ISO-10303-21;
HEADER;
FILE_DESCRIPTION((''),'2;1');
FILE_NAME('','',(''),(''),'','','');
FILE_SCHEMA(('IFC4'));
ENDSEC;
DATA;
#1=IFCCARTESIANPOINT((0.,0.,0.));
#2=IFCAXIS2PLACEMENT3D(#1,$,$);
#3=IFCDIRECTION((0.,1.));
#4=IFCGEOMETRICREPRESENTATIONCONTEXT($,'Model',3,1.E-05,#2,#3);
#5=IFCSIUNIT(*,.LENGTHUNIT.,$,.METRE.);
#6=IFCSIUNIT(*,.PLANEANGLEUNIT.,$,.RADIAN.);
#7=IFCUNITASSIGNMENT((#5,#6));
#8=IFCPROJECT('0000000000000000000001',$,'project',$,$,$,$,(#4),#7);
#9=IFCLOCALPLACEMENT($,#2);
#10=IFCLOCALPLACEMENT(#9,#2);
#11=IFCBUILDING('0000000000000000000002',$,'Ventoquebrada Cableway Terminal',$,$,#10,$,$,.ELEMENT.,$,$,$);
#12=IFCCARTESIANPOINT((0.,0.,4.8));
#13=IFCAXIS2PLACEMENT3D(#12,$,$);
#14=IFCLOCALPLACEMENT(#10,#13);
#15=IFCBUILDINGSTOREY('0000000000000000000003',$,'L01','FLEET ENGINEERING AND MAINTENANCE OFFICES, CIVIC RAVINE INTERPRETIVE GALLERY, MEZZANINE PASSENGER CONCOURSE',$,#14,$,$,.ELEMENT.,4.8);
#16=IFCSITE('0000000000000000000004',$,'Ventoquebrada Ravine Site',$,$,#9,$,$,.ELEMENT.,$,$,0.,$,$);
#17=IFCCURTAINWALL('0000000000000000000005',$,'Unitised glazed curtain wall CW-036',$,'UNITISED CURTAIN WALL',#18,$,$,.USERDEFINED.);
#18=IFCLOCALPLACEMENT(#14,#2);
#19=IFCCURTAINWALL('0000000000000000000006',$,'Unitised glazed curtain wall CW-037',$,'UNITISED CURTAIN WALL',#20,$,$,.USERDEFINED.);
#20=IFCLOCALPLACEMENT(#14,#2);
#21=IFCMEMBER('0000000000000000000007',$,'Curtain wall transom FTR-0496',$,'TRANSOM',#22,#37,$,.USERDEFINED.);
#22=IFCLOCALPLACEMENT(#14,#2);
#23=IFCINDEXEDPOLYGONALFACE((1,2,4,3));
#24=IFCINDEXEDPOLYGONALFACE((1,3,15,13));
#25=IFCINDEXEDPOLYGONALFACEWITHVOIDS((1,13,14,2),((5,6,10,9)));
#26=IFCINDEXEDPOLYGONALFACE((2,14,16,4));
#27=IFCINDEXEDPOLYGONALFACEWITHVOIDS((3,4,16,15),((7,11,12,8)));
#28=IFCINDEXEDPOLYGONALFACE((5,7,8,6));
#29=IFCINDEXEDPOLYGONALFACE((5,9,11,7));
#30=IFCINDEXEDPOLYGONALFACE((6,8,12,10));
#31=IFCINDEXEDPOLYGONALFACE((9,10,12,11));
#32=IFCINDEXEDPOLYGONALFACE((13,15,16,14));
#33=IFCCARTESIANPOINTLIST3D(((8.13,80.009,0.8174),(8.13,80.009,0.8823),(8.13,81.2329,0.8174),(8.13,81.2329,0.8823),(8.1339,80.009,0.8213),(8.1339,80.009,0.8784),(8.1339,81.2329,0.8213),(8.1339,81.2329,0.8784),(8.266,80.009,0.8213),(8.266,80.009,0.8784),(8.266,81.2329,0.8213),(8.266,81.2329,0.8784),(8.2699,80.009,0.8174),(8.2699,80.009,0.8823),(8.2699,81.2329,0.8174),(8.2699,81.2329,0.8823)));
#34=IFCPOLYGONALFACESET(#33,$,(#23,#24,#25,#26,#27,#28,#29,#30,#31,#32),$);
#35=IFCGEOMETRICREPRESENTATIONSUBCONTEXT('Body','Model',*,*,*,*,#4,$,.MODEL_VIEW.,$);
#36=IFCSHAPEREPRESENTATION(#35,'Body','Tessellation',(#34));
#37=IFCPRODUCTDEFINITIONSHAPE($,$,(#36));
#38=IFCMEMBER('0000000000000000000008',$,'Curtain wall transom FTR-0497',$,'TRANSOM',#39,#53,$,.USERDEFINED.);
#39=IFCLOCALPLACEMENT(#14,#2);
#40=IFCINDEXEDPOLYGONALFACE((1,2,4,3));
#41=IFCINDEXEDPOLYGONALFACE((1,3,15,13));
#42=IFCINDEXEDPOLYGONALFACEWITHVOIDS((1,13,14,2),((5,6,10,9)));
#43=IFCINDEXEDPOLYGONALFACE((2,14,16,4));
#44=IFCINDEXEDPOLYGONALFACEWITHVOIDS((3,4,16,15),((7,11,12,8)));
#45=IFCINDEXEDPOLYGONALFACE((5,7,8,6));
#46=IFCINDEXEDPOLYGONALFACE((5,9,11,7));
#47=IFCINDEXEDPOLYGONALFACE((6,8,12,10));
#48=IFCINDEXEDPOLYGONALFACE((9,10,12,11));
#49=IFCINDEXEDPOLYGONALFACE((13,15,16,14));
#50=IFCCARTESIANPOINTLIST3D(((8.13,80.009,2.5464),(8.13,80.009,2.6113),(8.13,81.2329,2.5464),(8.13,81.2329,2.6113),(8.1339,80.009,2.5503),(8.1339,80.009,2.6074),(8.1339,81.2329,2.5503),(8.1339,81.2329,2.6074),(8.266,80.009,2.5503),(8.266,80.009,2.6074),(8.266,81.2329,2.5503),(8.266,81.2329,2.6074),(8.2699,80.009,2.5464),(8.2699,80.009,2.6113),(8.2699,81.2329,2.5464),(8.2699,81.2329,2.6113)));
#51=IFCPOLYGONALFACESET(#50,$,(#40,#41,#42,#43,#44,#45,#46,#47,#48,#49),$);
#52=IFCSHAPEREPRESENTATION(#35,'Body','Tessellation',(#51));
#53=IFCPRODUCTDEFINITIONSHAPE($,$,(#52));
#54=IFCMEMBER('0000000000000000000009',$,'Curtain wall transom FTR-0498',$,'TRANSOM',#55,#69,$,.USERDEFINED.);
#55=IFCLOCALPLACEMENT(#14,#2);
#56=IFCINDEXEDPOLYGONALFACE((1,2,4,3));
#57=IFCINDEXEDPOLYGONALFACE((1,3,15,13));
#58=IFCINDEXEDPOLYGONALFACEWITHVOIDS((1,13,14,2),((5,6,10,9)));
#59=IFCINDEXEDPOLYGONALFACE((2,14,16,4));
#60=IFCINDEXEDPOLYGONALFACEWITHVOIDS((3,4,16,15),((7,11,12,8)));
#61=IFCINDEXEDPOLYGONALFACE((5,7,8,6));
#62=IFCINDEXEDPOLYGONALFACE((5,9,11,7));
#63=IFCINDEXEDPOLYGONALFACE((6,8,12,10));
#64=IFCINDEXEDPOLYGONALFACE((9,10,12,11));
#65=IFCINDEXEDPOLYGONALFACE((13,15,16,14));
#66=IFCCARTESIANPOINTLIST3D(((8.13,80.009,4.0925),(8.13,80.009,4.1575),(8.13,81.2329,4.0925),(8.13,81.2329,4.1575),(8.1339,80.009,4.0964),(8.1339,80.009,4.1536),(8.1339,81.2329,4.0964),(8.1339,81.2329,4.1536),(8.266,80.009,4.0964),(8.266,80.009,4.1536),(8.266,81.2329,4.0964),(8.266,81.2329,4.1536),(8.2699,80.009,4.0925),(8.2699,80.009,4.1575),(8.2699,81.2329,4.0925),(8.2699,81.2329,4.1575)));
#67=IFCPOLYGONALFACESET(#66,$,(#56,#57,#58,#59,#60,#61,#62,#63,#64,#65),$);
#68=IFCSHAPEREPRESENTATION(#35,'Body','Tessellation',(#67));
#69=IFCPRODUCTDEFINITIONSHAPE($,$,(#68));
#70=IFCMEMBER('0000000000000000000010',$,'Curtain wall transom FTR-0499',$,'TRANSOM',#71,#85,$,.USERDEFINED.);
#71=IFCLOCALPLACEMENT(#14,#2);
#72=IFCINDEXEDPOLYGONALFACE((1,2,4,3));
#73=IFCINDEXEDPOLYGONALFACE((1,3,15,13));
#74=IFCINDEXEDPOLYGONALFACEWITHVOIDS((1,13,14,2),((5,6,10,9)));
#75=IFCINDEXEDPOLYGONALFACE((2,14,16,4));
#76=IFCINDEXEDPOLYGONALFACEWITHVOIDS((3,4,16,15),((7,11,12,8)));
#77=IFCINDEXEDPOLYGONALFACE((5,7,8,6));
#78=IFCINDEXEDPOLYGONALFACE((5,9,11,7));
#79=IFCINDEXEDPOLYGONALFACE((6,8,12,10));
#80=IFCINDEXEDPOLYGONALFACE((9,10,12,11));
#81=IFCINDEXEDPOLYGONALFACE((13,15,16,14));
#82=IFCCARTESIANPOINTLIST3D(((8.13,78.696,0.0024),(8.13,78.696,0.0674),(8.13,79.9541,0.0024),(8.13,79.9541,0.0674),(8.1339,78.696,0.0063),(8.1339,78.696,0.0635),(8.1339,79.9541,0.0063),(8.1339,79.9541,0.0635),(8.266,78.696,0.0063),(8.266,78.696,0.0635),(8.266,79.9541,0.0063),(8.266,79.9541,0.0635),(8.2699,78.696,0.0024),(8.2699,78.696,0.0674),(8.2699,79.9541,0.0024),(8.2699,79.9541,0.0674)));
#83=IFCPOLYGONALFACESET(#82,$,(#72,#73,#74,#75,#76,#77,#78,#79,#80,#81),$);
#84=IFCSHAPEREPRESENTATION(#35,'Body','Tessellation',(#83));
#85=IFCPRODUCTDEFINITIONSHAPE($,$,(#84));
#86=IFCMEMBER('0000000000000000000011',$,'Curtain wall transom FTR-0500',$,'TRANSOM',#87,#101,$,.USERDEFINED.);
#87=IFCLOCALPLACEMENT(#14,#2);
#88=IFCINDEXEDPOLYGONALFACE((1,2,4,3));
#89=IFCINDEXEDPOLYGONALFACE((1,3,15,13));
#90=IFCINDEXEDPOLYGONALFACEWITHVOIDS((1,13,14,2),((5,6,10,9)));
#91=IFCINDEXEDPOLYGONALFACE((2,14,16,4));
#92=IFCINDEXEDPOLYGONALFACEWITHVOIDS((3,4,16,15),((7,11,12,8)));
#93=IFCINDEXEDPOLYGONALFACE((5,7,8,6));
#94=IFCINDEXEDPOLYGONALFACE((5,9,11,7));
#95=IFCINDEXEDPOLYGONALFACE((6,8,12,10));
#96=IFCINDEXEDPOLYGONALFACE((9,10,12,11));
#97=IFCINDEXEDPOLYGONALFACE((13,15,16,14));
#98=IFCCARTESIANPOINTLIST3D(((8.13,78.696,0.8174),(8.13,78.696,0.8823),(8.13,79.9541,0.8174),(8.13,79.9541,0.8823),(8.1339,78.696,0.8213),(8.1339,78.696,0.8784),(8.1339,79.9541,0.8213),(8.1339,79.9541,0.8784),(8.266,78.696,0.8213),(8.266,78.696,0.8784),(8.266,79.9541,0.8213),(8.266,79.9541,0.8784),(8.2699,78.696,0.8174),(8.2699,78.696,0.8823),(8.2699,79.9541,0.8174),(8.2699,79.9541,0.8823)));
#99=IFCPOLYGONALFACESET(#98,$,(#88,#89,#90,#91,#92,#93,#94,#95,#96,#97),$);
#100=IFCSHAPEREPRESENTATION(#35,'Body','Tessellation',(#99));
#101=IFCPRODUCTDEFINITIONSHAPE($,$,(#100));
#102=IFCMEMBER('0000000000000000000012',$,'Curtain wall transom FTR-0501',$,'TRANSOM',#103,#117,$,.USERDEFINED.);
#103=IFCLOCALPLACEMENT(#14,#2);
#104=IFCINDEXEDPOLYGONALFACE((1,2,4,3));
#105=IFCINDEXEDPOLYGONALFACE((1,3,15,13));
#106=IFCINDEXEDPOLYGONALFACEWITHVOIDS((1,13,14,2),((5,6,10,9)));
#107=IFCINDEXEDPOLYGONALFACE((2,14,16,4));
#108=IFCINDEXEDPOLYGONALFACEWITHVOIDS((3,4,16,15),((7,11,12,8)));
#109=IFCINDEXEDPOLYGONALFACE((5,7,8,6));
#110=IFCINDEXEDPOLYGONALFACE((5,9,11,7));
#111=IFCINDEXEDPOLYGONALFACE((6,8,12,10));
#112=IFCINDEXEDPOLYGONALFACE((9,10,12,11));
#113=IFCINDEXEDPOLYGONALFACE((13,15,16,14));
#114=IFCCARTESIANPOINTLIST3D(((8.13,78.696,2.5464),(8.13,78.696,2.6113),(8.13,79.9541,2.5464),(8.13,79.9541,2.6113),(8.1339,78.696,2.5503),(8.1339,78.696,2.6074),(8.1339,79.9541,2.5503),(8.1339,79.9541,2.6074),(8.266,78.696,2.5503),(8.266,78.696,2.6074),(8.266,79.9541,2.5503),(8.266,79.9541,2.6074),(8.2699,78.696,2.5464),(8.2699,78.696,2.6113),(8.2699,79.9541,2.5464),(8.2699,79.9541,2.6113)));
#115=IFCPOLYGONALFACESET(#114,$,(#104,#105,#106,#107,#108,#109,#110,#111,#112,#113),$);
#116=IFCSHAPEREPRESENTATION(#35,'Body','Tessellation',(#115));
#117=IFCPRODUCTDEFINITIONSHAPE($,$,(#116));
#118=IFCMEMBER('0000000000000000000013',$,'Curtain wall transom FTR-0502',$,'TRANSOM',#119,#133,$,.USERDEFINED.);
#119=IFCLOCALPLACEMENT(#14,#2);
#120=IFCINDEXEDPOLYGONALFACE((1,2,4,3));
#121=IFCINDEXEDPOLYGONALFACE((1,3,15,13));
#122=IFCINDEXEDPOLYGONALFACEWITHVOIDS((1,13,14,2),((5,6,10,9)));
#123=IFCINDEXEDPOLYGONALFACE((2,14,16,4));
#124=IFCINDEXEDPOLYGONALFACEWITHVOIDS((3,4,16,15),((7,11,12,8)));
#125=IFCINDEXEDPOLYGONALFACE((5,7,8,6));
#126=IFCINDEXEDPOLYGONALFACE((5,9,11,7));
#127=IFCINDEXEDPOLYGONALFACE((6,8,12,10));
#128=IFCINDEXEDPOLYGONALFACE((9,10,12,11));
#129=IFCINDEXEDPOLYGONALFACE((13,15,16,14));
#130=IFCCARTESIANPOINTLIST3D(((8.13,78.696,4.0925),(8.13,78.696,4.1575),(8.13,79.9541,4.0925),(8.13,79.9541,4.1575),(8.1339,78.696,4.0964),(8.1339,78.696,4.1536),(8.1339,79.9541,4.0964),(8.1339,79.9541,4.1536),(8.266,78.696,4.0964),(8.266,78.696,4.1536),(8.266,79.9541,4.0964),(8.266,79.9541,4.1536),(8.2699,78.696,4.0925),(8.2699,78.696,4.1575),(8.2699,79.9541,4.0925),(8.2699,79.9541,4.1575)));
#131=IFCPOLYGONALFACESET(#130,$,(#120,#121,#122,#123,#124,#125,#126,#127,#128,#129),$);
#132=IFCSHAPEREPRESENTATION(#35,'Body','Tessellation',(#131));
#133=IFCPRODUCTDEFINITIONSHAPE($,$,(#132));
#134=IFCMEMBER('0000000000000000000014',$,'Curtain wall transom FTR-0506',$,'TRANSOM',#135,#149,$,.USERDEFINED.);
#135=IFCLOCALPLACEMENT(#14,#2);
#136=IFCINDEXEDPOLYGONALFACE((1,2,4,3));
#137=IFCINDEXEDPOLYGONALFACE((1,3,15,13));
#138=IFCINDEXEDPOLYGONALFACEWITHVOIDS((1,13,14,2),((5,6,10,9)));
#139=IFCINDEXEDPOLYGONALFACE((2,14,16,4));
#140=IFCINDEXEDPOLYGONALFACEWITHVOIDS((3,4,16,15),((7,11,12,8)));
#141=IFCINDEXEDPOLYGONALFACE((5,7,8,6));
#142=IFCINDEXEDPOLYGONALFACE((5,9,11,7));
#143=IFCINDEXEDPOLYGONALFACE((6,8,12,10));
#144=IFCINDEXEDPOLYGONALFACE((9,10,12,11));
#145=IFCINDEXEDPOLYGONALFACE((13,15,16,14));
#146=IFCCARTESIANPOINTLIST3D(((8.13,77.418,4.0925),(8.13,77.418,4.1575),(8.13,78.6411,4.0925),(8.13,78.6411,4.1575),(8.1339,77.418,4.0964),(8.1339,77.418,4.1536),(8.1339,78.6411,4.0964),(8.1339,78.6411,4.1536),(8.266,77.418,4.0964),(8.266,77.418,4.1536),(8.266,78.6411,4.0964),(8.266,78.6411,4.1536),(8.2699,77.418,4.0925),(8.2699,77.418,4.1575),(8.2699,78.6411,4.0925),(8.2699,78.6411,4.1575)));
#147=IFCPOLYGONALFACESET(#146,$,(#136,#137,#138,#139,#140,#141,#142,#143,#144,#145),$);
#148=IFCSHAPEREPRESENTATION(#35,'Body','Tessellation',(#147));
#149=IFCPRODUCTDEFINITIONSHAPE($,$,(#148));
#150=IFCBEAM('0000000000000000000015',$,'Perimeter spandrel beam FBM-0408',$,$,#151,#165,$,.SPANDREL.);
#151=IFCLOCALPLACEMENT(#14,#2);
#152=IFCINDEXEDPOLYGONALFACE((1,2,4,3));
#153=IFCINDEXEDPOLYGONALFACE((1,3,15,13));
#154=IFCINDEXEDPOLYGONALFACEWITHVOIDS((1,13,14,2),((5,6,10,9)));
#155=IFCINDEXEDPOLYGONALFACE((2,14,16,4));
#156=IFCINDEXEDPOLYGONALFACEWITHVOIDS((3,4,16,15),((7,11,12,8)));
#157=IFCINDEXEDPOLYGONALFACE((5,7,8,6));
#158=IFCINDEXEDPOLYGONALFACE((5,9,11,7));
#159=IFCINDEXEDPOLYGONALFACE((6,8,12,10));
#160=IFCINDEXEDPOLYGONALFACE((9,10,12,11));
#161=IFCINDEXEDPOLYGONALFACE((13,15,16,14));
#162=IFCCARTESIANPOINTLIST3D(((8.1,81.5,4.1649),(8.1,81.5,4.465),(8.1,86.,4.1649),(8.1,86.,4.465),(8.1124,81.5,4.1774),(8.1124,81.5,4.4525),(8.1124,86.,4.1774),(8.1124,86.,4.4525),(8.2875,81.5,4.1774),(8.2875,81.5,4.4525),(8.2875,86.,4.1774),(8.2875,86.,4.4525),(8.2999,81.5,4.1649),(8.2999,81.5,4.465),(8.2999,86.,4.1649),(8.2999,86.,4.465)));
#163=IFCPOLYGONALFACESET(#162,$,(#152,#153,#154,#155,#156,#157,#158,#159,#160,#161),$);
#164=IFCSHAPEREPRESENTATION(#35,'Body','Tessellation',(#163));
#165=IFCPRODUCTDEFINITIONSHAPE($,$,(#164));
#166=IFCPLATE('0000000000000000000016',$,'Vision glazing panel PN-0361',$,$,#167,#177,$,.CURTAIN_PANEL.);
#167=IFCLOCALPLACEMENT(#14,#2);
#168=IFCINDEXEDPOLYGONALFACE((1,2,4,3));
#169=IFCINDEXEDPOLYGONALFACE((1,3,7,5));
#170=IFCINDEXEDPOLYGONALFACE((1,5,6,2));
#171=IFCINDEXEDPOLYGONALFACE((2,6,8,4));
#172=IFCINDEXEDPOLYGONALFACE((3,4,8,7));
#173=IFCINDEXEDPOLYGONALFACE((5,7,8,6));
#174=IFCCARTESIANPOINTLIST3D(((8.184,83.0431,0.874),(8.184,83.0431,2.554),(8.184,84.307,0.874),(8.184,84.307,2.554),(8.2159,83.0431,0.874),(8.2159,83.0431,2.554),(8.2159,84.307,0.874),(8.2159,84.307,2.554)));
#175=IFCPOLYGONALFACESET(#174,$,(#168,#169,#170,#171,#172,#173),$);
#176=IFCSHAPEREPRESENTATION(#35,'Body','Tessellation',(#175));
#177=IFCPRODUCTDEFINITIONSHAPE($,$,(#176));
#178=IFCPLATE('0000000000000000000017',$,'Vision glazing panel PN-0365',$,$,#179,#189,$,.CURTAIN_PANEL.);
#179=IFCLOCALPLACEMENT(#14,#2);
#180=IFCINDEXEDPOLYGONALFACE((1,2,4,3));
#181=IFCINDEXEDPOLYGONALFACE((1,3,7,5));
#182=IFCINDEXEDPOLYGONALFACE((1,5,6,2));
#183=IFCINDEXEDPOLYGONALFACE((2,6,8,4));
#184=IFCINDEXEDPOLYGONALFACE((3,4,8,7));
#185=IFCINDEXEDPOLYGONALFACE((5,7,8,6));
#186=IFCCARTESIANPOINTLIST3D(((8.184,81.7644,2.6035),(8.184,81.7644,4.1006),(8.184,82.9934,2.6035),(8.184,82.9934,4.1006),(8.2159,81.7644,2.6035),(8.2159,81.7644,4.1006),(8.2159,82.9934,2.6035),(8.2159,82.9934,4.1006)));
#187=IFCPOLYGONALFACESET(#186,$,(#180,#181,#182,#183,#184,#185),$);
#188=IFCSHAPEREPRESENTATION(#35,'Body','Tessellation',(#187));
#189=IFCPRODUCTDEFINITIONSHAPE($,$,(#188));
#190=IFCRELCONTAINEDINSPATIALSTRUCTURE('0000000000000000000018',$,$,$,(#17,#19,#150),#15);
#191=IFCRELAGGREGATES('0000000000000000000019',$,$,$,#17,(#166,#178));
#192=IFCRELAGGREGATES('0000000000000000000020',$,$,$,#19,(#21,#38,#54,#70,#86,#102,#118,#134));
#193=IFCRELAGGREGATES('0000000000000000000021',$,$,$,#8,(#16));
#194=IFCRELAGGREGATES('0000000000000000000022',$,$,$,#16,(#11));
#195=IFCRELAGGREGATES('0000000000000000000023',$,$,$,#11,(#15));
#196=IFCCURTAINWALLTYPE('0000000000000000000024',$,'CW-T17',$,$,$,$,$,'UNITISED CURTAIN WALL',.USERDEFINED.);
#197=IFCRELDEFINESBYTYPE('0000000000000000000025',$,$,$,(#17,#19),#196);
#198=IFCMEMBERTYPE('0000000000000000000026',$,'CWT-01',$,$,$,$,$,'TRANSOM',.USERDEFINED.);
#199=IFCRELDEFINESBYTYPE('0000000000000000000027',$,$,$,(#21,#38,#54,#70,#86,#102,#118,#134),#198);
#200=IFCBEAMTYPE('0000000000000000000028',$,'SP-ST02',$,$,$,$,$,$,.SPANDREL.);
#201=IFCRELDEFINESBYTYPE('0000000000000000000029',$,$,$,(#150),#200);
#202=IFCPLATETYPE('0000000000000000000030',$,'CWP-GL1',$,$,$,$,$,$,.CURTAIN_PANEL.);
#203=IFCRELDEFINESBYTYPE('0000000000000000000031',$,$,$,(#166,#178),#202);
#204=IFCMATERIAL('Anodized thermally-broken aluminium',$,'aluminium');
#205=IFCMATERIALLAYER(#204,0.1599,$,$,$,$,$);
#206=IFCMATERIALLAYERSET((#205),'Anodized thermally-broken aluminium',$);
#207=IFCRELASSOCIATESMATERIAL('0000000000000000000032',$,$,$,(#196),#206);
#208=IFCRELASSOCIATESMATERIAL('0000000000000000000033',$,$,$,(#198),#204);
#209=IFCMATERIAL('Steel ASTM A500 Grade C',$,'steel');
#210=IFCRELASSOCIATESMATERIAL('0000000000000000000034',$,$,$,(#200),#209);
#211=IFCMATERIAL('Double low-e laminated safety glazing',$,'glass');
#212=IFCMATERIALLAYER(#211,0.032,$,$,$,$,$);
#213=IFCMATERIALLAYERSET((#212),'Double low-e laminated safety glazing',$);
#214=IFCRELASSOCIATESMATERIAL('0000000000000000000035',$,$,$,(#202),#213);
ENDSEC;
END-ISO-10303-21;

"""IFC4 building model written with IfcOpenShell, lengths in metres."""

from ifc_helpers import new_model, si_unit, direction, frame, origin, origin_2d, place, context, subcontext, project, spatial, rectangle, hollow_rectangle, extrude, material, layer, layer_set, material_profile, profile_set, type_object, element, aggregate, save


model = new_model("IFC4")

# Units and contexts
model_context = context("Model", 3, precision=1e-05, world=origin(), true_north=direction((0.0, 1.0)))
body_context = subcontext(model_context, "Body", "Model", "MODEL_VIEW")
ifc_project = project(units=[si_unit("LENGTHUNIT", "METRE"), si_unit("PLANEANGLEUNIT", "RADIAN")], contexts=[model_context])

# Site, building, storey
site_placement = place(None, origin())
site = spatial("IfcSite", under=ifc_project, at=site_placement, Name="Ventoquebrada Ravine Site", CompositionType="ELEMENT", RefElevation=0.0)
building_placement = place(site_placement, origin())
building = spatial("IfcBuilding", under=site, at=building_placement, Name="Ventoquebrada Cableway Terminal", CompositionType="ELEMENT")
storey_placement = place(building_placement, frame((0.0, 0.0, 4.8)))
storey = spatial("IfcBuildingStorey", under=building, at=storey_placement, Name="L01", Description="FLEET ENGINEERING AND MAINTENANCE OFFICES, CIVIC RAVINE INTERPRETIVE GALLERY, MEZZANINE PASSENGER CONCOURSE", CompositionType="ELEMENT", Elevation=4.8)

# Curtain walls
ifc_material_1 = material(Name="Anodized thermally-broken aluminium", Category="aluminium")
ifc_layer_1 = layer(ifc_material_1, 0.1599)
ifc_layer_set_1 = layer_set([ifc_layer_1], Name="Anodized thermally-broken aluminium")
curtain_wall_type = type_object("IfcCurtainWallType", Name="CW-T17", ElementType="UNITISED CURTAIN WALL", PredefinedType="USERDEFINED", material=ifc_layer_set_1)
curtain_wall_1_placement = place(storey_placement, origin())
curtain_wall_1 = element("IfcCurtainWall", 1, at=curtain_wall_1_placement, inside=storey, type_object=curtain_wall_type, Name="Unitised glazed curtain wall CW-036", ObjectType="UNITISED CURTAIN WALL", PredefinedType="USERDEFINED")
curtain_wall_2_placement = place(storey_placement, origin())
curtain_wall_2 = element("IfcCurtainWall", 2, at=curtain_wall_2_placement, inside=storey, type_object=curtain_wall_type, Name="Unitised glazed curtain wall CW-037", ObjectType="UNITISED CURTAIN WALL", PredefinedType="USERDEFINED")

# Members
ifc_material_profile_1 = material_profile(ifc_material_1, hollow_rectangle(XDim=0.0649, YDim=0.1399, WallThickness=0.0039, at=origin_2d()), Name="CW-TRN-65X140")
ifc_profile_set_1 = profile_set([ifc_material_profile_1], Name="Anodized thermally-broken aluminium")
member_type_1 = type_object("IfcMemberType", Name="CWT-01", ElementType="TRANSOM", PredefinedType="USERDEFINED", material=ifc_profile_set_1)
member_1_placement = place(storey_placement, frame((8.2, 81.2329, 0.8499), z_axis=(0.0, -1.0, 0.0), x_axis=(0.0, 0.0, 1.0)))
member_1 = element("IfcMember", 3, at=member_1_placement, type_object=member_type_1, Name="Curtain wall transom FTR-0496", ObjectType="TRANSOM", PredefinedType="USERDEFINED", context=body_context, shape_type="SweptSolid", body=[
    extrude(hollow_rectangle(XDim=0.0649, YDim=0.1399, WallThickness=0.0039, at=origin_2d()), origin(), (0.0, 0.0, 1.0), 1.2239),
])
member_2_placement = place(storey_placement, frame((8.2, 81.2329, 2.5789), z_axis=(0.0, -1.0, 0.0), x_axis=(0.0, 0.0, 1.0)))
member_2 = element("IfcMember", 4, at=member_2_placement, type_object=member_type_1, Name="Curtain wall transom FTR-0497", ObjectType="TRANSOM", PredefinedType="USERDEFINED", context=body_context, shape_type="SweptSolid", body=[
    extrude(hollow_rectangle(XDim=0.0649, YDim=0.1399, WallThickness=0.0039, at=origin_2d()), origin(), (0.0, 0.0, 1.0), 1.2239),
])
member_3_placement = place(storey_placement, frame((8.2, 81.2329, 4.125), z_axis=(0.0, -1.0, 0.0), x_axis=(0.0, 0.0, 1.0)))
member_3 = element("IfcMember", 5, at=member_3_placement, type_object=member_type_1, Name="Curtain wall transom FTR-0498", ObjectType="TRANSOM", PredefinedType="USERDEFINED", context=body_context, shape_type="SweptSolid", body=[
    extrude(hollow_rectangle(XDim=0.0649, YDim=0.1399, WallThickness=0.0039, at=origin_2d()), origin(), (0.0, 0.0, 1.0), 1.2239),
])
member_4_placement = place(storey_placement, frame((8.2, 79.9541, 0.0349), z_axis=(0.0, -1.0, 0.0), x_axis=(0.0, 0.0, 1.0)))
member_4 = element("IfcMember", 6, at=member_4_placement, type_object=member_type_1, Name="Curtain wall transom FTR-0499", ObjectType="TRANSOM", PredefinedType="USERDEFINED", context=body_context, shape_type="SweptSolid", body=[
    extrude(hollow_rectangle(XDim=0.0649, YDim=0.1399, WallThickness=0.0039, at=origin_2d()), origin(), (0.0, 0.0, 1.0), 1.2581),
])
member_5_placement = place(storey_placement, frame((8.2, 79.9541, 0.8499), z_axis=(0.0, -1.0, 0.0), x_axis=(0.0, 0.0, 1.0)))
member_5 = element("IfcMember", 7, at=member_5_placement, type_object=member_type_1, Name="Curtain wall transom FTR-0500", ObjectType="TRANSOM", PredefinedType="USERDEFINED", context=body_context, shape_type="SweptSolid", body=[
    extrude(hollow_rectangle(XDim=0.0649, YDim=0.1399, WallThickness=0.0039, at=origin_2d()), origin(), (0.0, 0.0, 1.0), 1.2581),
])
member_6_placement = place(storey_placement, frame((8.2, 79.9541, 2.5789), z_axis=(0.0, -1.0, 0.0), x_axis=(0.0, 0.0, 1.0)))
member_6 = element("IfcMember", 8, at=member_6_placement, type_object=member_type_1, Name="Curtain wall transom FTR-0501", ObjectType="TRANSOM", PredefinedType="USERDEFINED", context=body_context, shape_type="SweptSolid", body=[
    extrude(hollow_rectangle(XDim=0.0649, YDim=0.1399, WallThickness=0.0039, at=origin_2d()), origin(), (0.0, 0.0, 1.0), 1.2581),
])
member_7_placement = place(storey_placement, frame((8.2, 79.9541, 4.125), z_axis=(0.0, -1.0, 0.0), x_axis=(0.0, 0.0, 1.0)))
member_7 = element("IfcMember", 9, at=member_7_placement, type_object=member_type_1, Name="Curtain wall transom FTR-0502", ObjectType="TRANSOM", PredefinedType="USERDEFINED", context=body_context, shape_type="SweptSolid", body=[
    extrude(hollow_rectangle(XDim=0.0649, YDim=0.1399, WallThickness=0.0039, at=origin_2d()), origin(), (0.0, 0.0, 1.0), 1.2581),
])
member_8_placement = place(storey_placement, frame((8.2, 78.6411, 4.125), z_axis=(0.0, -1.0, 0.0), x_axis=(0.0, 0.0, 1.0)))
member_8 = element("IfcMember", 10, at=member_8_placement, type_object=member_type_1, Name="Curtain wall transom FTR-0506", ObjectType="TRANSOM", PredefinedType="USERDEFINED", context=body_context, shape_type="SweptSolid", body=[
    extrude(hollow_rectangle(XDim=0.0649, YDim=0.1399, WallThickness=0.0039, at=origin_2d()), origin(), (0.0, 0.0, 1.0), 1.2231),
])

# Beam
ifc_material_2 = material(Name="Steel ASTM A500 Grade C", Category="steel")
ifc_material_profile_2 = material_profile(ifc_material_2, hollow_rectangle(XDim=0.2, YDim=0.3, WallThickness=0.0125, at=origin_2d()), Name="RHS300X200X12.5")
ifc_profile_set_2 = profile_set([ifc_material_profile_2], Name="Steel ASTM A500 Grade C")
beam_type = type_object("IfcBeamType", Name="SP-ST02", PredefinedType="SPANDREL", material=ifc_profile_set_2)
beam_placement = place(storey_placement, frame((8.2, 81.5, 4.3149), z_axis=(0.0, 1.0, 0.0), x_axis=(-1.0, 0.0, 0.0)))
element("IfcBeam", 11, at=beam_placement, inside=storey, type_object=beam_type, Name="Perimeter spandrel beam FBM-0408", PredefinedType="SPANDREL", context=body_context, shape_type="SweptSolid", body=[
    extrude(hollow_rectangle(XDim=0.2, YDim=0.3, WallThickness=0.0125, at=origin_2d()), origin(), (0.0, 0.0, 1.0), 4.5),
])

# Plates
ifc_material_3 = material(Name="Double low-e laminated safety glazing", Category="glass")
ifc_layer_2 = layer(ifc_material_3, 0.032)
ifc_layer_set_2 = layer_set([ifc_layer_2], Name="Double low-e laminated safety glazing")
plate_type_1 = type_object("IfcPlateType", Name="CWP-GL1", PredefinedType="CURTAIN_PANEL", material=ifc_layer_set_2)
plate_1_placement = place(storey_placement, frame((8.2, 83.675, 0.874), z_axis=(0.0, 0.0, 1.0), x_axis=(0.0, -1.0, 0.0)))
plate_1 = element("IfcPlate", 12, at=plate_1_placement, type_object=plate_type_1, Name="Vision glazing panel PN-0361", PredefinedType="CURTAIN_PANEL", context=body_context, shape_type="SweptSolid", body=[
    extrude(rectangle(XDim=1.2639, YDim=0.032, at=origin_2d()), origin(), (0.0, 0.0, 1.0), 1.6799),
])
plate_2_placement = place(storey_placement, frame((8.2, 82.3789, 2.6035), z_axis=(0.0, 0.0, 1.0), x_axis=(0.0, -1.0, 0.0)))
plate_2 = element("IfcPlate", 13, at=plate_2_placement, type_object=plate_type_1, Name="Vision glazing panel PN-0365", PredefinedType="CURTAIN_PANEL", context=body_context, shape_type="SweptSolid", body=[
    extrude(rectangle(XDim=1.229, YDim=0.032, at=origin_2d()), origin(), (0.0, 0.0, 1.0), 1.4971),
])
aggregate(curtain_wall_1, [plate_1, plate_2])
aggregate(curtain_wall_2, [member_1, member_2, member_3, member_4, member_5, member_6, member_7, member_8])

save(model, "model.ifc")
